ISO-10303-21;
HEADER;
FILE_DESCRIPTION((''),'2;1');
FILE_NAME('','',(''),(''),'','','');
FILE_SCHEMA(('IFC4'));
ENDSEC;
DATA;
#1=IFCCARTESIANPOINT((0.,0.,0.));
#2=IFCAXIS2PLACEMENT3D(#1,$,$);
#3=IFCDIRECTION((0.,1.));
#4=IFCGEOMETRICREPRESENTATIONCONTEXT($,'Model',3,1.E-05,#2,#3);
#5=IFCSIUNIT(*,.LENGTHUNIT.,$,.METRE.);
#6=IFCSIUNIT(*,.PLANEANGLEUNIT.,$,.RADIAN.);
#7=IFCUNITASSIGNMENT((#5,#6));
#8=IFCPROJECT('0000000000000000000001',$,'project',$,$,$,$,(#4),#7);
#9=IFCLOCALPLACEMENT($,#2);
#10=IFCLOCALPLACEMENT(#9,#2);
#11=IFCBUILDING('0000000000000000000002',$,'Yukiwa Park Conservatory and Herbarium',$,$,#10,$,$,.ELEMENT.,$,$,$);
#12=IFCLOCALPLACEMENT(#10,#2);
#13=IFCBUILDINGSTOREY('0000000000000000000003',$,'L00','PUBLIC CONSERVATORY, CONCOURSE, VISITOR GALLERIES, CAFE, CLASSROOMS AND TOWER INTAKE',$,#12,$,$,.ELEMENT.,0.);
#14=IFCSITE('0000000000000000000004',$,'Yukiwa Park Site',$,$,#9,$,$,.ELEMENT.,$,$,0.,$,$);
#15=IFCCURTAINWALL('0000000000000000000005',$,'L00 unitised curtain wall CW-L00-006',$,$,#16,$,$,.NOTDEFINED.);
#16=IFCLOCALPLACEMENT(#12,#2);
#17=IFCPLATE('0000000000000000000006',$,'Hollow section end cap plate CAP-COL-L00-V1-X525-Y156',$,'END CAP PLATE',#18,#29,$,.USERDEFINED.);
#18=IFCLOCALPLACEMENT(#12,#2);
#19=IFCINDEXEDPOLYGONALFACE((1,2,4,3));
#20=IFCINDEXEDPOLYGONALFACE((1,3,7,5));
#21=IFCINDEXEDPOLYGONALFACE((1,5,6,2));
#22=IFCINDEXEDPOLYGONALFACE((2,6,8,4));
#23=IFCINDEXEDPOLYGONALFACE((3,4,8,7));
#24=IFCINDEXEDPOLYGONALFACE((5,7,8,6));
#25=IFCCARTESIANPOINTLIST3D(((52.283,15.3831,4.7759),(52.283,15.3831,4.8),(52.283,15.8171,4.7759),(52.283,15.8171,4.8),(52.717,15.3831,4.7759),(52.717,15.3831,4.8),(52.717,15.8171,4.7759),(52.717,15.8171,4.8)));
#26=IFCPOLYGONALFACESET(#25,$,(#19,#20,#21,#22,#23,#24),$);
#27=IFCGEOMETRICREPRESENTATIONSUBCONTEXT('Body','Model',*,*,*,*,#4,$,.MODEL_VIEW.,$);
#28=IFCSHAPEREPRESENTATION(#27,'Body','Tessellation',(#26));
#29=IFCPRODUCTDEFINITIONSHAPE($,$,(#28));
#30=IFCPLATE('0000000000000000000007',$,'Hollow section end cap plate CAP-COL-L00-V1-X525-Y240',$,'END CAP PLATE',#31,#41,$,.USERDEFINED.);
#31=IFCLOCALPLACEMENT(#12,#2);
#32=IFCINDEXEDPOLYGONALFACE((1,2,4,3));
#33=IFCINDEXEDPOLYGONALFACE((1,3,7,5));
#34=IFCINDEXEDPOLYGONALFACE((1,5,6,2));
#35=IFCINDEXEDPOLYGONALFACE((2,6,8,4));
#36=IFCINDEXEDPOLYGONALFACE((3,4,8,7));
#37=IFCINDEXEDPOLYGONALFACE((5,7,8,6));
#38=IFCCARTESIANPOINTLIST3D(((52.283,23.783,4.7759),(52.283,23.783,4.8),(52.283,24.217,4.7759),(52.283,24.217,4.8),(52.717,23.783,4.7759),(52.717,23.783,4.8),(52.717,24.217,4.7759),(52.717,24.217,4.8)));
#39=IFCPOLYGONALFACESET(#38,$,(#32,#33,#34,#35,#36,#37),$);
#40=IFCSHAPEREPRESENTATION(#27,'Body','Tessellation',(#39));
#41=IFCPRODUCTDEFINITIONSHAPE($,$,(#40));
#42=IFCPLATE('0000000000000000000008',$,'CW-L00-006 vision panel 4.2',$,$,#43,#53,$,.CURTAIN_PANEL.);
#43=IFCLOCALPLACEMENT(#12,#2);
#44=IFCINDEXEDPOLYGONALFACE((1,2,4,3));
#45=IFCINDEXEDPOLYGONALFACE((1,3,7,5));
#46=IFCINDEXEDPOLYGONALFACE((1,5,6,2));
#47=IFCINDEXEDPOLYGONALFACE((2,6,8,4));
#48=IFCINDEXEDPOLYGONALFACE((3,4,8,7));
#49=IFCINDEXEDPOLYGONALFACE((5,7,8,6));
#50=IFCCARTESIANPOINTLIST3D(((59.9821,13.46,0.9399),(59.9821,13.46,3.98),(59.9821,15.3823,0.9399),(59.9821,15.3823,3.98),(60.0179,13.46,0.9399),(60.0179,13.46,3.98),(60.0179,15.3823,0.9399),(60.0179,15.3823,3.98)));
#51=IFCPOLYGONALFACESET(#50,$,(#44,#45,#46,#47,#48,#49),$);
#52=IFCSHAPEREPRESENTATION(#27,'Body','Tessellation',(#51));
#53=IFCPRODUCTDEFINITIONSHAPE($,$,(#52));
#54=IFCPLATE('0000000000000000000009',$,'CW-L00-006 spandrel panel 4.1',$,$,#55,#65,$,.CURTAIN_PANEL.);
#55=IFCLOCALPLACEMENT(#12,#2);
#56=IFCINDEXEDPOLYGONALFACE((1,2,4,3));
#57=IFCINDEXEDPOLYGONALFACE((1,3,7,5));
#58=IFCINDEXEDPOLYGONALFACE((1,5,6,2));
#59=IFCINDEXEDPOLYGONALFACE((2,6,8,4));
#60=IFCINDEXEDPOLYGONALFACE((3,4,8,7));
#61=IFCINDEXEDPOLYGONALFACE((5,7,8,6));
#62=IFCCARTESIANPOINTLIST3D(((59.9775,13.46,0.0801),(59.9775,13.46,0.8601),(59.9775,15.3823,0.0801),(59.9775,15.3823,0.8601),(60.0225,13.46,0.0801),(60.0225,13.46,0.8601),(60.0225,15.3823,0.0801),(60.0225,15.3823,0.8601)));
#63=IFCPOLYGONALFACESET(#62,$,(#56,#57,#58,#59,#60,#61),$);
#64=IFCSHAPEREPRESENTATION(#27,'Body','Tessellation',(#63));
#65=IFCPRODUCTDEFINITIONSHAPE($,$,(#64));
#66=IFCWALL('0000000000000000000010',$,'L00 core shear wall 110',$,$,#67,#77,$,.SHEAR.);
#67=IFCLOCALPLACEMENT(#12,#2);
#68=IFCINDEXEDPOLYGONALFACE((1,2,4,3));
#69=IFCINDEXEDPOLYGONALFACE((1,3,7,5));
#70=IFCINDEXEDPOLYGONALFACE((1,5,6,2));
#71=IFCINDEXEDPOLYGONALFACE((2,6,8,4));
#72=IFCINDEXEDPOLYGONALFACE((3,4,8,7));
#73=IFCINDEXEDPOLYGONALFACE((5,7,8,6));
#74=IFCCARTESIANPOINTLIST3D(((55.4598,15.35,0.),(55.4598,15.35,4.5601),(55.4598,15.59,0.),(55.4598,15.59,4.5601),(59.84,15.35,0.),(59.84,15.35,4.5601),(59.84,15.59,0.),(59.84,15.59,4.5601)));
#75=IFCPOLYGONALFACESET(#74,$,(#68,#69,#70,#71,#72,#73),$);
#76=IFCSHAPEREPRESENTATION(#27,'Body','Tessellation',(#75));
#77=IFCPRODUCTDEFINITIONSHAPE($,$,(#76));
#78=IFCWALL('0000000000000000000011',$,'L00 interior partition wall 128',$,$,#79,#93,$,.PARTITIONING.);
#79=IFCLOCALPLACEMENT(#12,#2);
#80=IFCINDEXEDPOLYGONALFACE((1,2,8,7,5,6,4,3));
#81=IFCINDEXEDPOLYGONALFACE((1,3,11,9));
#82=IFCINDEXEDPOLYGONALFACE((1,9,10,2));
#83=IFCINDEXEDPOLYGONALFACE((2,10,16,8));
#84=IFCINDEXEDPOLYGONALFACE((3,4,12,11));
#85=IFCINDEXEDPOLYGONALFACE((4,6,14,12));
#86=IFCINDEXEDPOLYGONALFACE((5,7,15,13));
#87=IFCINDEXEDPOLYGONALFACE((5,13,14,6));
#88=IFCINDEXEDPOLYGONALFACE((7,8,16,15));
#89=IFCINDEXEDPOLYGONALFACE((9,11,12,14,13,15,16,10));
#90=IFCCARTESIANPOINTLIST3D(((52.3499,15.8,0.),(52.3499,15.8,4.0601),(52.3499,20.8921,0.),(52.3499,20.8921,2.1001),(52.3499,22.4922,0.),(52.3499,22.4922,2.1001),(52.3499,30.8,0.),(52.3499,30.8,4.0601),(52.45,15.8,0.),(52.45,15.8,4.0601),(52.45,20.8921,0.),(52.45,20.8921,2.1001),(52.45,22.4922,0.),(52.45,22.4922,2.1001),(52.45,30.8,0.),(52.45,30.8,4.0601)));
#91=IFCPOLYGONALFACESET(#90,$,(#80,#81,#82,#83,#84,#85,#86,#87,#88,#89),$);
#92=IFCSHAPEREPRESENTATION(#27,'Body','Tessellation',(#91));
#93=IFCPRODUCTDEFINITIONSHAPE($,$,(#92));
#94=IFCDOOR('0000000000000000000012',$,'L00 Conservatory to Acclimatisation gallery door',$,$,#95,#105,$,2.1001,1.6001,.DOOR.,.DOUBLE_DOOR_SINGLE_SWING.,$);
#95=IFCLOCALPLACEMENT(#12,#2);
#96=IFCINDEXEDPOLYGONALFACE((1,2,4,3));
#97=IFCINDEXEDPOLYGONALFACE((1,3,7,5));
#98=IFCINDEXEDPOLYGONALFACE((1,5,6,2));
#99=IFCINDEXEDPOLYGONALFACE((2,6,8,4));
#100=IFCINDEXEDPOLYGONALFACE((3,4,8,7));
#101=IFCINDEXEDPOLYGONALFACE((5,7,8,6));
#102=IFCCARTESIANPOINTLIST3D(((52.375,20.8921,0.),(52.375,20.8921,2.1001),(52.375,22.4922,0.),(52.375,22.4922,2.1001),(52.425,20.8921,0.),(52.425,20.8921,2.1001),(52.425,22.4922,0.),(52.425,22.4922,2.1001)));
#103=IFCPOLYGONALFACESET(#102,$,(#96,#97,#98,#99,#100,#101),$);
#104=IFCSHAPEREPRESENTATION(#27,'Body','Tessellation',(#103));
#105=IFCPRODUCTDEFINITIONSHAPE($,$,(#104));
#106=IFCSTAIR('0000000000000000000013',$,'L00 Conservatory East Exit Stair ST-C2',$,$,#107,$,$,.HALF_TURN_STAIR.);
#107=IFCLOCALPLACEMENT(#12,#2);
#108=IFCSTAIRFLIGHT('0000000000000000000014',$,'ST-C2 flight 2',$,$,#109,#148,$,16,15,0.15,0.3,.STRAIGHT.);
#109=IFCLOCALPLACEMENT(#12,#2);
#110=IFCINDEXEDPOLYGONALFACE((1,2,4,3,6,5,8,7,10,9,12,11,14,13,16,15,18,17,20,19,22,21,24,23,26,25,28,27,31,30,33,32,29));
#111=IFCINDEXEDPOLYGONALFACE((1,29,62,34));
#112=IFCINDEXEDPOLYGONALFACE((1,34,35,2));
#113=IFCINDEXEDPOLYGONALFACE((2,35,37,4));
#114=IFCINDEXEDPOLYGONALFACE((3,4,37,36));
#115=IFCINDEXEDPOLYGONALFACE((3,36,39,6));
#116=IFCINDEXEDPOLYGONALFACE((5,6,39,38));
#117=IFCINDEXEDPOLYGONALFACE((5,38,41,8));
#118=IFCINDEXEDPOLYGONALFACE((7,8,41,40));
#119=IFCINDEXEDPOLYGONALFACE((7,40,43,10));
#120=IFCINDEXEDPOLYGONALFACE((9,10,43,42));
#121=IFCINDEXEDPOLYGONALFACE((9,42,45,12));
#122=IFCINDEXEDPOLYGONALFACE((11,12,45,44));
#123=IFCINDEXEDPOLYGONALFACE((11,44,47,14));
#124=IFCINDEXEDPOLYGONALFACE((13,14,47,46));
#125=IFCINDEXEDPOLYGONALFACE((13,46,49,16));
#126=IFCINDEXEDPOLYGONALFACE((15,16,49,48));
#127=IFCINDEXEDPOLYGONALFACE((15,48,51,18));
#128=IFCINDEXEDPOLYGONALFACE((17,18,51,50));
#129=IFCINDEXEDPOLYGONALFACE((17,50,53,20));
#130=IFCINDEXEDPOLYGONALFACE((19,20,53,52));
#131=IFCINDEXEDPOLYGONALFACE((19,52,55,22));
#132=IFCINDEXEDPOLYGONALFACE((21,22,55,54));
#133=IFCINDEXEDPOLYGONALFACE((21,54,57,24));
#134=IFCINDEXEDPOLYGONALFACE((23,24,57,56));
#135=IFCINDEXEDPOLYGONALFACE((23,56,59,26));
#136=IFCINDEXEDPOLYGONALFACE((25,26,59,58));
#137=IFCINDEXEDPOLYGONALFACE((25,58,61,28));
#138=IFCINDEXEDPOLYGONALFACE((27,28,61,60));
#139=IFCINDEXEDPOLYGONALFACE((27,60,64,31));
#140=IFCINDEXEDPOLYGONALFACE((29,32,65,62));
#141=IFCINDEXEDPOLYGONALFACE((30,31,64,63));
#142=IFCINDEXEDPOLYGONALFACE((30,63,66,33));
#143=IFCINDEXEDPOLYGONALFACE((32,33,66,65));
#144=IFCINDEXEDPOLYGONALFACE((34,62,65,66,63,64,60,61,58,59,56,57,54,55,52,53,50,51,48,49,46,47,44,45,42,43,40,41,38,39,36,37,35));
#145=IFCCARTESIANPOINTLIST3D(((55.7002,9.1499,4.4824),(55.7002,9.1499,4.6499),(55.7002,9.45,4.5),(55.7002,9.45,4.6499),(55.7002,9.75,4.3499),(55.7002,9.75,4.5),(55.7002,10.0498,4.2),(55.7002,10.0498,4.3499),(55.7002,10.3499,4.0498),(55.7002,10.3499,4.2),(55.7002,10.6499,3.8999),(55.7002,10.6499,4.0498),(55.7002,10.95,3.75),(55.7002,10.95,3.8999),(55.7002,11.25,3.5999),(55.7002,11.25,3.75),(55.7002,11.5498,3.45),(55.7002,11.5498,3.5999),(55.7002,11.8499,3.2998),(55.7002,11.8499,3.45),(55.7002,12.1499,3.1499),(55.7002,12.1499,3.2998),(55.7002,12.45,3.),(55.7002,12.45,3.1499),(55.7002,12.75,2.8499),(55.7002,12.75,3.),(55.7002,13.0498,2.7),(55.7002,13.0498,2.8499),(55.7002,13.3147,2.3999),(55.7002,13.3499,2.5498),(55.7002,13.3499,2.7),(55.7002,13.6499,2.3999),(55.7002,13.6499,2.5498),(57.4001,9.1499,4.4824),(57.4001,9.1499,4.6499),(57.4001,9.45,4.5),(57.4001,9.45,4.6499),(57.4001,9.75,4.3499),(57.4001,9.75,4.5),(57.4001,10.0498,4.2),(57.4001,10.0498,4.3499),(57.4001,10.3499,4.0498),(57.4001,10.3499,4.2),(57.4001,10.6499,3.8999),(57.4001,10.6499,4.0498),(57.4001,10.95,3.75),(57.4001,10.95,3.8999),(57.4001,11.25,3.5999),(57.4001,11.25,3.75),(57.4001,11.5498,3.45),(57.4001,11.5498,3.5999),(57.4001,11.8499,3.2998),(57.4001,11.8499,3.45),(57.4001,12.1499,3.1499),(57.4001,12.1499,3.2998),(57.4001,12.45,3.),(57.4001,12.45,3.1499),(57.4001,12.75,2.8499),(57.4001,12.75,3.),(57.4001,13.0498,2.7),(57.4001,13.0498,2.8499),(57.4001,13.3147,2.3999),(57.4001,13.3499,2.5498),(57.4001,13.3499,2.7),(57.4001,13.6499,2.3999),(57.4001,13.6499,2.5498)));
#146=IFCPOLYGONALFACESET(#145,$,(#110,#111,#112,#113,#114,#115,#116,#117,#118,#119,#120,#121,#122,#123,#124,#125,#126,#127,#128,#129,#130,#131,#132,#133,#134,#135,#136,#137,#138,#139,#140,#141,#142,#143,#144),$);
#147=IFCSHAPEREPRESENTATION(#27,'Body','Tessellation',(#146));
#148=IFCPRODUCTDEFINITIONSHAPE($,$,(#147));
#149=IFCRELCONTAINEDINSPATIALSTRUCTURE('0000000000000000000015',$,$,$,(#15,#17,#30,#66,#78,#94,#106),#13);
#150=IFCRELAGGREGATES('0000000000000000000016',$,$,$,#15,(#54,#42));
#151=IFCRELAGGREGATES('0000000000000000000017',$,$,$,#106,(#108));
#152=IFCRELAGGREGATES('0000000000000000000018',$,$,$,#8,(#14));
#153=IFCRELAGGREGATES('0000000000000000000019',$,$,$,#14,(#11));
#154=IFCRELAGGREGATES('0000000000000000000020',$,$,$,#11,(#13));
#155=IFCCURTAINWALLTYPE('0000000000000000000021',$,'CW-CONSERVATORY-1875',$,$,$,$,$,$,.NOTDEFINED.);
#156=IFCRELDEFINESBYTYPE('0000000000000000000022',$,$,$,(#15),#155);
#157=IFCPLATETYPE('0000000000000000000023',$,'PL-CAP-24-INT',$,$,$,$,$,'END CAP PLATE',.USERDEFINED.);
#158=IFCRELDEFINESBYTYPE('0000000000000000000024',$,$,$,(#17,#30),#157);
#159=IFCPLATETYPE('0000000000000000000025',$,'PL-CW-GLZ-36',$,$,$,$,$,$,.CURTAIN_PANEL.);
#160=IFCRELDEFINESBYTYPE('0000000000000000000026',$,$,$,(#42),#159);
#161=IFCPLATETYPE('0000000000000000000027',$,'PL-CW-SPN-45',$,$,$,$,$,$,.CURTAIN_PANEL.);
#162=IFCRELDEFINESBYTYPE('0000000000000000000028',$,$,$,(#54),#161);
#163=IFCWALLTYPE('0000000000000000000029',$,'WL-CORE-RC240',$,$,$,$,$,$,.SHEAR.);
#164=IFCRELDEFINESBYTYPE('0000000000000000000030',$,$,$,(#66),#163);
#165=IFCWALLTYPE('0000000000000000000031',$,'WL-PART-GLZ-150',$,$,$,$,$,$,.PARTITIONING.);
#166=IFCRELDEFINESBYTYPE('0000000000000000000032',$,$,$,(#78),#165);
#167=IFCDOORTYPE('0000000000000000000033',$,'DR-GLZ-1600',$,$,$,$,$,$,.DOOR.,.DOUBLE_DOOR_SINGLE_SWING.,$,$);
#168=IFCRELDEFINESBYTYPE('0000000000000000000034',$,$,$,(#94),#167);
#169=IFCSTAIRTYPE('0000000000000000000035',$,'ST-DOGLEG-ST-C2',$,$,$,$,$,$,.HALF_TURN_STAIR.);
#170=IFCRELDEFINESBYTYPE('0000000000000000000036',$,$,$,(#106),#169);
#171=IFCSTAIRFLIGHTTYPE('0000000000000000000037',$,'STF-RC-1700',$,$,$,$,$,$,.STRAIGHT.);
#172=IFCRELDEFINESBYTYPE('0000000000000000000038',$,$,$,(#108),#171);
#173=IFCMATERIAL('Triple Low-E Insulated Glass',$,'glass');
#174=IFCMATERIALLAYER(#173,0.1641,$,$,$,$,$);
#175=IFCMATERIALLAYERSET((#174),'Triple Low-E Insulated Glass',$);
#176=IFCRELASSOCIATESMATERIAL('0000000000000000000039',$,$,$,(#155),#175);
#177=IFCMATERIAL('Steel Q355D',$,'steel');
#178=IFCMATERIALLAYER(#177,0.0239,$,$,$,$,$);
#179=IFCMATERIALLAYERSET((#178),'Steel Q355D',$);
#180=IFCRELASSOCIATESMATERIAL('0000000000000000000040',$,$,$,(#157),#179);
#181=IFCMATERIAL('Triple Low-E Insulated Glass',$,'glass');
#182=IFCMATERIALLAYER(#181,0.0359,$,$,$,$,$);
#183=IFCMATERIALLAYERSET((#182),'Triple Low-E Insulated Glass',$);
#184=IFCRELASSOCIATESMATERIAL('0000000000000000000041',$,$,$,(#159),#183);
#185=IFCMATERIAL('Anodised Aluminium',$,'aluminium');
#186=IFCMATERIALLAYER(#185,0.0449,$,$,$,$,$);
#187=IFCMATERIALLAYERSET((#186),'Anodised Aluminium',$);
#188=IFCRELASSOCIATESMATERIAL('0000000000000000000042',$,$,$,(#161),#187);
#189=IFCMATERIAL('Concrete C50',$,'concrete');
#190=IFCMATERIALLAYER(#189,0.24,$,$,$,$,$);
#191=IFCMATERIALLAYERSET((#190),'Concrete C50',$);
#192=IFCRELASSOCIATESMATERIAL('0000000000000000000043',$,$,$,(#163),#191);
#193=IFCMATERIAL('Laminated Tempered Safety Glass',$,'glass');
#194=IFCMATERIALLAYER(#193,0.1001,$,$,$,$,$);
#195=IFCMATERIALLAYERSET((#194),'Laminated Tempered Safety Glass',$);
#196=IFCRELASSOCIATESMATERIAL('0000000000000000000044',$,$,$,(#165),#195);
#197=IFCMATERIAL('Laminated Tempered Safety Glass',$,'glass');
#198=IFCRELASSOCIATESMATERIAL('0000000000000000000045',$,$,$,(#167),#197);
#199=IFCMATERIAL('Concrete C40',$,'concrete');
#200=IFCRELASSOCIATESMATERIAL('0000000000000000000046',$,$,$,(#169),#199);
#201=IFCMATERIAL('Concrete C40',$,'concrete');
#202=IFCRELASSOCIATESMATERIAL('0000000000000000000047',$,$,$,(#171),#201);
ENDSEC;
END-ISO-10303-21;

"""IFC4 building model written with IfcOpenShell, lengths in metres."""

from ifc_helpers import new_model, si_unit, direction, frame, frame_2d, origin, origin_2d, place, context, subcontext, project, spatial, polyline, rectangle, outline, extrude, material, layer, layer_set, type_object, element, fill, aggregate, save


model = new_model("IFC4")

# Units and contexts
model_context = context("Model", 3, precision=1e-05, world=origin(), true_north=direction((0.0, 1.0)))
body_context = subcontext(model_context, "Body", "Model", "MODEL_VIEW")
ifc_project = project(units=[si_unit("LENGTHUNIT", "METRE"), si_unit("PLANEANGLEUNIT", "RADIAN")], contexts=[model_context])

# Site, building, storey
site_placement = place(None, origin())
site = spatial("IfcSite", under=ifc_project, at=site_placement, Name="Yukiwa Park Site", CompositionType="ELEMENT", RefElevation=0.0)
building_placement = place(site_placement, origin())
building = spatial("IfcBuilding", under=site, at=building_placement, Name="Yukiwa Park Conservatory and Herbarium", CompositionType="ELEMENT")
storey_placement = place(building_placement, origin())
storey = spatial("IfcBuildingStorey", under=building, at=storey_placement, Name="L00", Description="PUBLIC CONSERVATORY, CONCOURSE, VISITOR GALLERIES, CAFE, CLASSROOMS AND TOWER INTAKE", CompositionType="ELEMENT", Elevation=0.0)

# Curtain wall
ifc_material_1 = material(Name="Triple Low-E Insulated Glass", Category="glass")
ifc_layer_1 = layer(ifc_material_1, 0.1641)
ifc_layer_set_1 = layer_set([ifc_layer_1], Name="Triple Low-E Insulated Glass")
curtain_wall_type = type_object("IfcCurtainWallType", Name="CW-CONSERVATORY-1875", PredefinedType="NOTDEFINED", material=ifc_layer_set_1)
curtain_wall_placement = place(storey_placement, origin())
curtain_wall = element("IfcCurtainWall", 1, at=curtain_wall_placement, inside=storey, type_object=curtain_wall_type, Name="L00 unitised curtain wall CW-L00-006", PredefinedType="NOTDEFINED")

# Plates
ifc_material_2 = material(Name="Steel Q355D", Category="steel")
ifc_layer_2 = layer(ifc_material_2, 0.0239)
ifc_layer_set_2 = layer_set([ifc_layer_2], Name="Steel Q355D")
plate_type_1 = type_object("IfcPlateType", Name="PL-CAP-24-INT", ElementType="END CAP PLATE", PredefinedType="USERDEFINED", material=ifc_layer_set_2)
for number, where, z_axis, x_axis, name in (
    (2, (52.5, 15.6001, 4.7759), (0.0, 0.0, 1.0), (1.0, 0.0, 0.0), "Hollow section end cap plate CAP-COL-L00-V1-X525-Y156"),
    (3, (52.5, 24.0, 4.7759), (0.0, 0.0, 1.0), (1.0, 0.0, 0.0), "Hollow section end cap plate CAP-COL-L00-V1-X525-Y240"),
):
    element("IfcPlate", number, at=place(storey_placement, frame(where, z_axis=z_axis, x_axis=x_axis)), inside=storey, type_object=plate_type_1, Name=name, ObjectType="END CAP PLATE", PredefinedType="USERDEFINED", context=body_context, shape_type="SweptSolid", body=[
        extrude(rectangle(XDim=0.4341, YDim=0.4341, at=origin_2d()), origin(), (0.0, 0.0, 1.0), 0.0242),
    ])

# Plates
ifc_material_3 = material(Name="Triple Low-E Insulated Glass", Category="glass")
ifc_layer_3 = layer(ifc_material_3, 0.0359)
ifc_layer_set_3 = layer_set([ifc_layer_3], Name="Triple Low-E Insulated Glass")
plate_type_2 = type_object("IfcPlateType", Name="PL-CW-GLZ-36", PredefinedType="CURTAIN_PANEL", material=ifc_layer_set_3)
plate_1_placement = place(storey_placement, frame((60.0, 14.4211, 0.9399), z_axis=(0.0, 0.0, 1.0), x_axis=(0.0, 1.0, 0.0)))
plate_1 = element("IfcPlate", 4, at=plate_1_placement, type_object=plate_type_2, Name="CW-L00-006 vision panel 4.2", PredefinedType="CURTAIN_PANEL", context=body_context, shape_type="SweptSolid", body=[
    extrude(rectangle(XDim=1.9224, YDim=0.0359, at=origin_2d()), origin(), (0.0, 0.0, 1.0), 3.04),
])
ifc_material_4 = material(Name="Anodised Aluminium", Category="aluminium")
ifc_layer_4 = layer(ifc_material_4, 0.0449)
ifc_layer_set_4 = layer_set([ifc_layer_4], Name="Anodised Aluminium")
plate_type_3 = type_object("IfcPlateType", Name="PL-CW-SPN-45", PredefinedType="CURTAIN_PANEL", material=ifc_layer_set_4)
plate_2_placement = place(storey_placement, frame((60.0, 14.4211, 0.0801), z_axis=(0.0, 0.0, 1.0), x_axis=(0.0, 1.0, 0.0)))
plate_2 = element("IfcPlate", 5, at=plate_2_placement, type_object=plate_type_3, Name="CW-L00-006 spandrel panel 4.1", PredefinedType="CURTAIN_PANEL", context=body_context, shape_type="SweptSolid", body=[
    extrude(rectangle(XDim=1.9224, YDim=0.0449, at=origin_2d()), origin(), (0.0, 0.0, 1.0), 0.78),
])
aggregate(curtain_wall, [plate_2, plate_1])

# Wall
ifc_material_5 = material(Name="Concrete C50", Category="concrete")
ifc_layer_5 = layer(ifc_material_5, 0.24)
ifc_layer_set_5 = layer_set([ifc_layer_5], Name="Concrete C50")
wall_type_1 = type_object("IfcWallType", Name="WL-CORE-RC240", PredefinedType="SHEAR", material=ifc_layer_set_5)
wall_1_placement = place(storey_placement, frame((55.46, 15.47, 0.0), z_axis=(0.0, 0.0, 1.0), x_axis=(1.0, 0.0, 0.0)))
element("IfcWall", 6, at=wall_1_placement, inside=storey, type_object=wall_type_1, Name="L00 core shear wall 110", PredefinedType="SHEAR", context=body_context, shape_type="SweptSolid", body=[
    extrude(rectangle(XDim=4.3801, YDim=0.24, at=frame_2d((2.1899, 0.0))), origin(), (0.0, 0.0, 1.0), 4.5601),
])

# Wall, opening, door
ifc_material_6 = material(Name="Laminated Tempered Safety Glass", Category="glass")
ifc_layer_6 = layer(ifc_material_6, 0.1001)
ifc_layer_set_6 = layer_set([ifc_layer_6], Name="Laminated Tempered Safety Glass")
wall_type_2 = type_object("IfcWallType", Name="WL-PART-GLZ-150", PredefinedType="PARTITIONING", material=ifc_layer_set_6)
wall_2_placement = place(storey_placement, frame((52.3999, 15.8, 0.0), z_axis=(0.0, 0.0, 1.0), x_axis=(0.0, 1.0, 0.0)))
wall_2 = element("IfcWall", 7, at=wall_2_placement, inside=storey, type_object=wall_type_2, Name="L00 interior partition wall 128", PredefinedType="PARTITIONING", context=body_context, shape_type="SweptSolid", body=[
    extrude(rectangle(XDim=15.0, YDim=0.1001, at=frame_2d((7.5, 0.0))), origin(), (0.0, 0.0, 1.0), 4.0601),
])
opening_placement = place(wall_2_placement, frame((5.092, 0.0, 0.0)))
opening = element("IfcOpeningElement", 8, at=opening_placement, cuts=wall_2, PredefinedType="OPENING", context=body_context, shape_type="SweptSolid", body=[
    extrude(rectangle(XDim=1.6001, YDim=2.1001, at=frame_2d((0.8, 1.05))), frame((0.0, 0.0601, 0.0), z_axis=(0.0, -1.0, 0.0), x_axis=(1.0, 0.0, 0.0)), (0.0, 0.0, 1.0), 0.1201),
])
ifc_material_7 = material(Name="Laminated Tempered Safety Glass", Category="glass")
door_type = type_object("IfcDoorType", Name="DR-GLZ-1600", OperationType="DOUBLE_DOOR_SINGLE_SWING", PredefinedType="DOOR", material=ifc_material_7)
door_placement = place(opening_placement, origin())
door = element("IfcDoor", 9, at=door_placement, inside=storey, type_object=door_type, Name="L00 Conservatory to Acclimatisation gallery door", OperationType="DOUBLE_DOOR_SINGLE_SWING", OverallHeight=2.1001, OverallWidth=1.6001, PredefinedType="DOOR", context=body_context, shape_type="SweptSolid", body=[
    extrude(rectangle(XDim=1.6001, YDim=2.1001, at=frame_2d((0.8, 1.05))), frame((0.0, 0.0249, 0.0), z_axis=(0.0, -1.0, 0.0), x_axis=(1.0, 0.0, 0.0)), (0.0, 0.0, 1.0), 0.05),
])
fill(opening, door)

# Stair, stair flight
ifc_material_8 = material(Name="Concrete C40", Category="concrete")
stair_type = type_object("IfcStairType", Name="ST-DOGLEG-ST-C2", PredefinedType="HALF_TURN_STAIR", material=ifc_material_8)
stair_placement = place(storey_placement, origin())
stair = element("IfcStair", 10, at=stair_placement, inside=storey, type_object=stair_type, Name="L00 Conservatory East Exit Stair ST-C2", PredefinedType="HALF_TURN_STAIR")
ifc_material_9 = material(Name="Concrete C40", Category="concrete")
stair_flight_type = type_object("IfcStairFlightType", Name="STF-RC-1700", PredefinedType="STRAIGHT", material=ifc_material_9)
stair_flight_placement = place(storey_placement, frame((56.55, 13.6499, 2.3999), z_axis=(0.0, 0.0, 1.0), x_axis=(0.0, -1.0, 0.0)))
stair_flight = element("IfcStairFlight", 11, at=stair_flight_placement, type_object=stair_flight_type, Name="ST-C2 flight 2", NumberOfRisers=16, NumberOfTreads=15, PredefinedType="STRAIGHT", RiserHeight=0.15, TreadLength=0.3, context=body_context, shape_type="SweptSolid", body=[
    extrude(outline(polyline([(0.0, 0.0), (0.0, 0.1499), (0.3, 0.1499), (0.3, 0.3), (0.6001, 0.3), (0.6001, 0.45), (0.8999, 0.45), (0.8999, 0.6001), (1.2, 0.6001), (1.2, 0.75), (1.5, 0.75), (1.5, 0.8999), (1.8, 0.8999), (1.8, 1.05), (2.1001, 1.05), (2.1001, 1.2), (2.3999, 1.2), (2.3999, 1.3501), (2.7, 1.3501), (2.7, 1.5), (3.0, 1.5), (3.0, 1.6499), (3.3, 1.6499), (3.3, 1.8), (3.6001, 1.8), (3.6001, 1.95), (3.8999, 1.95), (3.8999, 2.1001), (4.2, 2.1001), (4.2, 2.25), (4.5, 2.25), (4.5, 2.3999), (4.5, 2.0825), (0.3352, 0.0), (0.0, 0.0)])), frame((0.0, 0.8501, 0.0), z_axis=(0.0, -1.0, 0.0), x_axis=(1.0, 0.0, 0.0)), (0.0, 0.0, 1.0), 1.7),
])
aggregate(stair, [stair_flight])

save(model, "model.ifc")
